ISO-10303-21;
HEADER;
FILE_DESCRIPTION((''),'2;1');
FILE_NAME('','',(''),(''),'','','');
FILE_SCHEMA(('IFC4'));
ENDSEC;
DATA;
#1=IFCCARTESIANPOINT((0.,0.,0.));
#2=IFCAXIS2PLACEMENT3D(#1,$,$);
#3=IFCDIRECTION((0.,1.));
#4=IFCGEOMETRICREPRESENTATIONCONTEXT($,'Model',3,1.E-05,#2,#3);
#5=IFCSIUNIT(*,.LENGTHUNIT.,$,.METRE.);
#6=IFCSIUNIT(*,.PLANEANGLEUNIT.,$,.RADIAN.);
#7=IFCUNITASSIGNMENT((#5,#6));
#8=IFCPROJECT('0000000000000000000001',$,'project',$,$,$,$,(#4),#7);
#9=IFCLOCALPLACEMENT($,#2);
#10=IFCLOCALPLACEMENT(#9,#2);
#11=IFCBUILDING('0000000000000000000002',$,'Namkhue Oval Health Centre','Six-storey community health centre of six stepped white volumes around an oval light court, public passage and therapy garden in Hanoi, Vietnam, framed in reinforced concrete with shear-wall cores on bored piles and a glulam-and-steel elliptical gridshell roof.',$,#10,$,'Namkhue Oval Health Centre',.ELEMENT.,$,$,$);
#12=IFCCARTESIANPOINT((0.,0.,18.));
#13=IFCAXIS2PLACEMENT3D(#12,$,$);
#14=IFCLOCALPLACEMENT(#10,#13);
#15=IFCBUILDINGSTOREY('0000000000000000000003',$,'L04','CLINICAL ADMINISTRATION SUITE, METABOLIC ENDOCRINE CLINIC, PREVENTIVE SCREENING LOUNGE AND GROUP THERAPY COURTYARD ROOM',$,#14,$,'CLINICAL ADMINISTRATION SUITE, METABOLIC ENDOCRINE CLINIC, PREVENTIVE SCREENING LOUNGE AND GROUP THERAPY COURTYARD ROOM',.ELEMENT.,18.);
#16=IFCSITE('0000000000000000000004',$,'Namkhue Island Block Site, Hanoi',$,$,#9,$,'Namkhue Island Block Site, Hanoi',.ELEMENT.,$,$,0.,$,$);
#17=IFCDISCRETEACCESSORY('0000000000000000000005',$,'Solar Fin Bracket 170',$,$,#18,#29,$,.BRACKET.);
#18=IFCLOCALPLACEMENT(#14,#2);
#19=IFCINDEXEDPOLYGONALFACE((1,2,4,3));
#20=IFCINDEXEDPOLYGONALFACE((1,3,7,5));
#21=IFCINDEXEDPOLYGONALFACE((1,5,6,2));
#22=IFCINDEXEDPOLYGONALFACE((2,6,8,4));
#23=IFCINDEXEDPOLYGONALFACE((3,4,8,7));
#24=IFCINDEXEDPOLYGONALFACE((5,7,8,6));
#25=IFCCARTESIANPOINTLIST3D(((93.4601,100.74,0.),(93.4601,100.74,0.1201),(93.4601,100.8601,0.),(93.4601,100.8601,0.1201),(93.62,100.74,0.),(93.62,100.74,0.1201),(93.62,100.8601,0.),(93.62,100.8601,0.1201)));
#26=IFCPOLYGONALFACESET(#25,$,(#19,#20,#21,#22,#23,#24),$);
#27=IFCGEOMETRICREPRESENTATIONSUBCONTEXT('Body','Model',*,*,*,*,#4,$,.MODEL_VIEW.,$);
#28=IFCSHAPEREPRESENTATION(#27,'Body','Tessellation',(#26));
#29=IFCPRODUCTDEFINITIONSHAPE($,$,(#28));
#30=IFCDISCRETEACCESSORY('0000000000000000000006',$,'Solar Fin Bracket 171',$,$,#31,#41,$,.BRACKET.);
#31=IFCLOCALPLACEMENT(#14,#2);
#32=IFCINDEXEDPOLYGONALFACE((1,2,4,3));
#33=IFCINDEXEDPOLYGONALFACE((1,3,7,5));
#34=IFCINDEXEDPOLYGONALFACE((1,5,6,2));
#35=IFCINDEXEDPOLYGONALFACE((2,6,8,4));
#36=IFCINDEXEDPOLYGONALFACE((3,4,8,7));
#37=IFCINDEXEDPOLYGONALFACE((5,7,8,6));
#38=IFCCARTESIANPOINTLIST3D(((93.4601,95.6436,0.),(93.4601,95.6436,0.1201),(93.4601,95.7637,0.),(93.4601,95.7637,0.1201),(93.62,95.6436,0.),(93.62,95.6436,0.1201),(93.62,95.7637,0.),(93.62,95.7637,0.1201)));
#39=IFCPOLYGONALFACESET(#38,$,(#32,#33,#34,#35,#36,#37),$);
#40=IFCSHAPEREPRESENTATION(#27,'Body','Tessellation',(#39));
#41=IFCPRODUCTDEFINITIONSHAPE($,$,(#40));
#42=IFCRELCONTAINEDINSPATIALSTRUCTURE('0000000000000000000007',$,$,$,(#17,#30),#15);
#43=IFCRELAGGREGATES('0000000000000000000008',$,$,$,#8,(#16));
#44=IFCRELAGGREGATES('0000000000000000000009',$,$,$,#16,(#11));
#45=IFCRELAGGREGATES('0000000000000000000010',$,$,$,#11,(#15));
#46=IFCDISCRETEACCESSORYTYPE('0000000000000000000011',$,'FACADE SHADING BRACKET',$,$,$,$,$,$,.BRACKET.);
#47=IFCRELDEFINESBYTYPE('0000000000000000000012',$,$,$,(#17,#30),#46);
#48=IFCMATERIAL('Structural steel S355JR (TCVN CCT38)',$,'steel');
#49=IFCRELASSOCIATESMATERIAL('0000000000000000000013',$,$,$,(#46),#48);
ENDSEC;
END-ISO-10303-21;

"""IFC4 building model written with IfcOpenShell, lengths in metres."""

from ifc_helpers import new_model, si_unit, direction, frame, origin, origin_2d, place, context, subcontext, project, spatial, rectangle, extrude, material, type_object, element, save


model = new_model("IFC4")

# Units and contexts
model_context = context("Model", 3, precision=1e-05, world=origin(), true_north=direction((0.0, 1.0)))
body_context = subcontext(model_context, "Body", "Model", "MODEL_VIEW")
ifc_project = project(units=[si_unit("LENGTHUNIT", "METRE"), si_unit("PLANEANGLEUNIT", "RADIAN")], contexts=[model_context])

# Site, building, storey
site_placement = place(None, origin())
site = spatial("IfcSite", under=ifc_project, at=site_placement, Name="Namkhue Island Block Site, Hanoi", LongName="Namkhue Island Block Site, Hanoi", CompositionType="ELEMENT", RefElevation=0.0)
building_placement = place(site_placement, origin())
building = spatial("IfcBuilding", under=site, at=building_placement, Name="Namkhue Oval Health Centre", Description="Six-storey community health centre of six stepped white volumes around an oval light court, public passage and therapy garden in Hanoi, Vietnam, framed in reinforced concrete with shear-wall cores on bored piles and a glulam-and-steel elliptical gridshell roof.", LongName="Namkhue Oval Health Centre", CompositionType="ELEMENT")
storey_placement = place(building_placement, frame((0.0, 0.0, 18.0)))
storey = spatial("IfcBuildingStorey", under=building, at=storey_placement, Name="L04", Description="CLINICAL ADMINISTRATION SUITE, METABOLIC ENDOCRINE CLINIC, PREVENTIVE SCREENING LOUNGE AND GROUP THERAPY COURTYARD ROOM", LongName="CLINICAL ADMINISTRATION SUITE, METABOLIC ENDOCRINE CLINIC, PREVENTIVE SCREENING LOUNGE AND GROUP THERAPY COURTYARD ROOM", CompositionType="ELEMENT", Elevation=18.0)

# Discrete accessories
ifc_material_1 = material(Name="Structural steel S355JR (TCVN CCT38)", Category="steel")
discrete_accessory_type = type_object("IfcDiscreteAccessoryType", Name="FACADE SHADING BRACKET", PredefinedType="BRACKET", material=ifc_material_1)
for number, where, z_axis, x_axis, name in (
    (1, (93.54, 100.8, 0.0), (0.0, 0.0, 1.0), (-1.0, 0.0, 0.0), "Solar Fin Bracket 170"),
    (2, (93.54, 95.7036, 0.0), (0.0, 0.0, 1.0), (-1.0, 0.0, 0.0), "Solar Fin Bracket 171"),
):
    element("IfcDiscreteAccessory", number, at=place(storey_placement, frame(where, z_axis=z_axis, x_axis=x_axis)), inside=storey, type_object=discrete_accessory_type, Name=name, PredefinedType="BRACKET", context=body_context, shape_type="SweptSolid", body=[
        extrude(rectangle(XDim=0.1599, YDim=0.1201, at=origin_2d()), origin(), (0.0, 0.0, 1.0), 0.1201),
    ])

save(model, "model.ifc")
